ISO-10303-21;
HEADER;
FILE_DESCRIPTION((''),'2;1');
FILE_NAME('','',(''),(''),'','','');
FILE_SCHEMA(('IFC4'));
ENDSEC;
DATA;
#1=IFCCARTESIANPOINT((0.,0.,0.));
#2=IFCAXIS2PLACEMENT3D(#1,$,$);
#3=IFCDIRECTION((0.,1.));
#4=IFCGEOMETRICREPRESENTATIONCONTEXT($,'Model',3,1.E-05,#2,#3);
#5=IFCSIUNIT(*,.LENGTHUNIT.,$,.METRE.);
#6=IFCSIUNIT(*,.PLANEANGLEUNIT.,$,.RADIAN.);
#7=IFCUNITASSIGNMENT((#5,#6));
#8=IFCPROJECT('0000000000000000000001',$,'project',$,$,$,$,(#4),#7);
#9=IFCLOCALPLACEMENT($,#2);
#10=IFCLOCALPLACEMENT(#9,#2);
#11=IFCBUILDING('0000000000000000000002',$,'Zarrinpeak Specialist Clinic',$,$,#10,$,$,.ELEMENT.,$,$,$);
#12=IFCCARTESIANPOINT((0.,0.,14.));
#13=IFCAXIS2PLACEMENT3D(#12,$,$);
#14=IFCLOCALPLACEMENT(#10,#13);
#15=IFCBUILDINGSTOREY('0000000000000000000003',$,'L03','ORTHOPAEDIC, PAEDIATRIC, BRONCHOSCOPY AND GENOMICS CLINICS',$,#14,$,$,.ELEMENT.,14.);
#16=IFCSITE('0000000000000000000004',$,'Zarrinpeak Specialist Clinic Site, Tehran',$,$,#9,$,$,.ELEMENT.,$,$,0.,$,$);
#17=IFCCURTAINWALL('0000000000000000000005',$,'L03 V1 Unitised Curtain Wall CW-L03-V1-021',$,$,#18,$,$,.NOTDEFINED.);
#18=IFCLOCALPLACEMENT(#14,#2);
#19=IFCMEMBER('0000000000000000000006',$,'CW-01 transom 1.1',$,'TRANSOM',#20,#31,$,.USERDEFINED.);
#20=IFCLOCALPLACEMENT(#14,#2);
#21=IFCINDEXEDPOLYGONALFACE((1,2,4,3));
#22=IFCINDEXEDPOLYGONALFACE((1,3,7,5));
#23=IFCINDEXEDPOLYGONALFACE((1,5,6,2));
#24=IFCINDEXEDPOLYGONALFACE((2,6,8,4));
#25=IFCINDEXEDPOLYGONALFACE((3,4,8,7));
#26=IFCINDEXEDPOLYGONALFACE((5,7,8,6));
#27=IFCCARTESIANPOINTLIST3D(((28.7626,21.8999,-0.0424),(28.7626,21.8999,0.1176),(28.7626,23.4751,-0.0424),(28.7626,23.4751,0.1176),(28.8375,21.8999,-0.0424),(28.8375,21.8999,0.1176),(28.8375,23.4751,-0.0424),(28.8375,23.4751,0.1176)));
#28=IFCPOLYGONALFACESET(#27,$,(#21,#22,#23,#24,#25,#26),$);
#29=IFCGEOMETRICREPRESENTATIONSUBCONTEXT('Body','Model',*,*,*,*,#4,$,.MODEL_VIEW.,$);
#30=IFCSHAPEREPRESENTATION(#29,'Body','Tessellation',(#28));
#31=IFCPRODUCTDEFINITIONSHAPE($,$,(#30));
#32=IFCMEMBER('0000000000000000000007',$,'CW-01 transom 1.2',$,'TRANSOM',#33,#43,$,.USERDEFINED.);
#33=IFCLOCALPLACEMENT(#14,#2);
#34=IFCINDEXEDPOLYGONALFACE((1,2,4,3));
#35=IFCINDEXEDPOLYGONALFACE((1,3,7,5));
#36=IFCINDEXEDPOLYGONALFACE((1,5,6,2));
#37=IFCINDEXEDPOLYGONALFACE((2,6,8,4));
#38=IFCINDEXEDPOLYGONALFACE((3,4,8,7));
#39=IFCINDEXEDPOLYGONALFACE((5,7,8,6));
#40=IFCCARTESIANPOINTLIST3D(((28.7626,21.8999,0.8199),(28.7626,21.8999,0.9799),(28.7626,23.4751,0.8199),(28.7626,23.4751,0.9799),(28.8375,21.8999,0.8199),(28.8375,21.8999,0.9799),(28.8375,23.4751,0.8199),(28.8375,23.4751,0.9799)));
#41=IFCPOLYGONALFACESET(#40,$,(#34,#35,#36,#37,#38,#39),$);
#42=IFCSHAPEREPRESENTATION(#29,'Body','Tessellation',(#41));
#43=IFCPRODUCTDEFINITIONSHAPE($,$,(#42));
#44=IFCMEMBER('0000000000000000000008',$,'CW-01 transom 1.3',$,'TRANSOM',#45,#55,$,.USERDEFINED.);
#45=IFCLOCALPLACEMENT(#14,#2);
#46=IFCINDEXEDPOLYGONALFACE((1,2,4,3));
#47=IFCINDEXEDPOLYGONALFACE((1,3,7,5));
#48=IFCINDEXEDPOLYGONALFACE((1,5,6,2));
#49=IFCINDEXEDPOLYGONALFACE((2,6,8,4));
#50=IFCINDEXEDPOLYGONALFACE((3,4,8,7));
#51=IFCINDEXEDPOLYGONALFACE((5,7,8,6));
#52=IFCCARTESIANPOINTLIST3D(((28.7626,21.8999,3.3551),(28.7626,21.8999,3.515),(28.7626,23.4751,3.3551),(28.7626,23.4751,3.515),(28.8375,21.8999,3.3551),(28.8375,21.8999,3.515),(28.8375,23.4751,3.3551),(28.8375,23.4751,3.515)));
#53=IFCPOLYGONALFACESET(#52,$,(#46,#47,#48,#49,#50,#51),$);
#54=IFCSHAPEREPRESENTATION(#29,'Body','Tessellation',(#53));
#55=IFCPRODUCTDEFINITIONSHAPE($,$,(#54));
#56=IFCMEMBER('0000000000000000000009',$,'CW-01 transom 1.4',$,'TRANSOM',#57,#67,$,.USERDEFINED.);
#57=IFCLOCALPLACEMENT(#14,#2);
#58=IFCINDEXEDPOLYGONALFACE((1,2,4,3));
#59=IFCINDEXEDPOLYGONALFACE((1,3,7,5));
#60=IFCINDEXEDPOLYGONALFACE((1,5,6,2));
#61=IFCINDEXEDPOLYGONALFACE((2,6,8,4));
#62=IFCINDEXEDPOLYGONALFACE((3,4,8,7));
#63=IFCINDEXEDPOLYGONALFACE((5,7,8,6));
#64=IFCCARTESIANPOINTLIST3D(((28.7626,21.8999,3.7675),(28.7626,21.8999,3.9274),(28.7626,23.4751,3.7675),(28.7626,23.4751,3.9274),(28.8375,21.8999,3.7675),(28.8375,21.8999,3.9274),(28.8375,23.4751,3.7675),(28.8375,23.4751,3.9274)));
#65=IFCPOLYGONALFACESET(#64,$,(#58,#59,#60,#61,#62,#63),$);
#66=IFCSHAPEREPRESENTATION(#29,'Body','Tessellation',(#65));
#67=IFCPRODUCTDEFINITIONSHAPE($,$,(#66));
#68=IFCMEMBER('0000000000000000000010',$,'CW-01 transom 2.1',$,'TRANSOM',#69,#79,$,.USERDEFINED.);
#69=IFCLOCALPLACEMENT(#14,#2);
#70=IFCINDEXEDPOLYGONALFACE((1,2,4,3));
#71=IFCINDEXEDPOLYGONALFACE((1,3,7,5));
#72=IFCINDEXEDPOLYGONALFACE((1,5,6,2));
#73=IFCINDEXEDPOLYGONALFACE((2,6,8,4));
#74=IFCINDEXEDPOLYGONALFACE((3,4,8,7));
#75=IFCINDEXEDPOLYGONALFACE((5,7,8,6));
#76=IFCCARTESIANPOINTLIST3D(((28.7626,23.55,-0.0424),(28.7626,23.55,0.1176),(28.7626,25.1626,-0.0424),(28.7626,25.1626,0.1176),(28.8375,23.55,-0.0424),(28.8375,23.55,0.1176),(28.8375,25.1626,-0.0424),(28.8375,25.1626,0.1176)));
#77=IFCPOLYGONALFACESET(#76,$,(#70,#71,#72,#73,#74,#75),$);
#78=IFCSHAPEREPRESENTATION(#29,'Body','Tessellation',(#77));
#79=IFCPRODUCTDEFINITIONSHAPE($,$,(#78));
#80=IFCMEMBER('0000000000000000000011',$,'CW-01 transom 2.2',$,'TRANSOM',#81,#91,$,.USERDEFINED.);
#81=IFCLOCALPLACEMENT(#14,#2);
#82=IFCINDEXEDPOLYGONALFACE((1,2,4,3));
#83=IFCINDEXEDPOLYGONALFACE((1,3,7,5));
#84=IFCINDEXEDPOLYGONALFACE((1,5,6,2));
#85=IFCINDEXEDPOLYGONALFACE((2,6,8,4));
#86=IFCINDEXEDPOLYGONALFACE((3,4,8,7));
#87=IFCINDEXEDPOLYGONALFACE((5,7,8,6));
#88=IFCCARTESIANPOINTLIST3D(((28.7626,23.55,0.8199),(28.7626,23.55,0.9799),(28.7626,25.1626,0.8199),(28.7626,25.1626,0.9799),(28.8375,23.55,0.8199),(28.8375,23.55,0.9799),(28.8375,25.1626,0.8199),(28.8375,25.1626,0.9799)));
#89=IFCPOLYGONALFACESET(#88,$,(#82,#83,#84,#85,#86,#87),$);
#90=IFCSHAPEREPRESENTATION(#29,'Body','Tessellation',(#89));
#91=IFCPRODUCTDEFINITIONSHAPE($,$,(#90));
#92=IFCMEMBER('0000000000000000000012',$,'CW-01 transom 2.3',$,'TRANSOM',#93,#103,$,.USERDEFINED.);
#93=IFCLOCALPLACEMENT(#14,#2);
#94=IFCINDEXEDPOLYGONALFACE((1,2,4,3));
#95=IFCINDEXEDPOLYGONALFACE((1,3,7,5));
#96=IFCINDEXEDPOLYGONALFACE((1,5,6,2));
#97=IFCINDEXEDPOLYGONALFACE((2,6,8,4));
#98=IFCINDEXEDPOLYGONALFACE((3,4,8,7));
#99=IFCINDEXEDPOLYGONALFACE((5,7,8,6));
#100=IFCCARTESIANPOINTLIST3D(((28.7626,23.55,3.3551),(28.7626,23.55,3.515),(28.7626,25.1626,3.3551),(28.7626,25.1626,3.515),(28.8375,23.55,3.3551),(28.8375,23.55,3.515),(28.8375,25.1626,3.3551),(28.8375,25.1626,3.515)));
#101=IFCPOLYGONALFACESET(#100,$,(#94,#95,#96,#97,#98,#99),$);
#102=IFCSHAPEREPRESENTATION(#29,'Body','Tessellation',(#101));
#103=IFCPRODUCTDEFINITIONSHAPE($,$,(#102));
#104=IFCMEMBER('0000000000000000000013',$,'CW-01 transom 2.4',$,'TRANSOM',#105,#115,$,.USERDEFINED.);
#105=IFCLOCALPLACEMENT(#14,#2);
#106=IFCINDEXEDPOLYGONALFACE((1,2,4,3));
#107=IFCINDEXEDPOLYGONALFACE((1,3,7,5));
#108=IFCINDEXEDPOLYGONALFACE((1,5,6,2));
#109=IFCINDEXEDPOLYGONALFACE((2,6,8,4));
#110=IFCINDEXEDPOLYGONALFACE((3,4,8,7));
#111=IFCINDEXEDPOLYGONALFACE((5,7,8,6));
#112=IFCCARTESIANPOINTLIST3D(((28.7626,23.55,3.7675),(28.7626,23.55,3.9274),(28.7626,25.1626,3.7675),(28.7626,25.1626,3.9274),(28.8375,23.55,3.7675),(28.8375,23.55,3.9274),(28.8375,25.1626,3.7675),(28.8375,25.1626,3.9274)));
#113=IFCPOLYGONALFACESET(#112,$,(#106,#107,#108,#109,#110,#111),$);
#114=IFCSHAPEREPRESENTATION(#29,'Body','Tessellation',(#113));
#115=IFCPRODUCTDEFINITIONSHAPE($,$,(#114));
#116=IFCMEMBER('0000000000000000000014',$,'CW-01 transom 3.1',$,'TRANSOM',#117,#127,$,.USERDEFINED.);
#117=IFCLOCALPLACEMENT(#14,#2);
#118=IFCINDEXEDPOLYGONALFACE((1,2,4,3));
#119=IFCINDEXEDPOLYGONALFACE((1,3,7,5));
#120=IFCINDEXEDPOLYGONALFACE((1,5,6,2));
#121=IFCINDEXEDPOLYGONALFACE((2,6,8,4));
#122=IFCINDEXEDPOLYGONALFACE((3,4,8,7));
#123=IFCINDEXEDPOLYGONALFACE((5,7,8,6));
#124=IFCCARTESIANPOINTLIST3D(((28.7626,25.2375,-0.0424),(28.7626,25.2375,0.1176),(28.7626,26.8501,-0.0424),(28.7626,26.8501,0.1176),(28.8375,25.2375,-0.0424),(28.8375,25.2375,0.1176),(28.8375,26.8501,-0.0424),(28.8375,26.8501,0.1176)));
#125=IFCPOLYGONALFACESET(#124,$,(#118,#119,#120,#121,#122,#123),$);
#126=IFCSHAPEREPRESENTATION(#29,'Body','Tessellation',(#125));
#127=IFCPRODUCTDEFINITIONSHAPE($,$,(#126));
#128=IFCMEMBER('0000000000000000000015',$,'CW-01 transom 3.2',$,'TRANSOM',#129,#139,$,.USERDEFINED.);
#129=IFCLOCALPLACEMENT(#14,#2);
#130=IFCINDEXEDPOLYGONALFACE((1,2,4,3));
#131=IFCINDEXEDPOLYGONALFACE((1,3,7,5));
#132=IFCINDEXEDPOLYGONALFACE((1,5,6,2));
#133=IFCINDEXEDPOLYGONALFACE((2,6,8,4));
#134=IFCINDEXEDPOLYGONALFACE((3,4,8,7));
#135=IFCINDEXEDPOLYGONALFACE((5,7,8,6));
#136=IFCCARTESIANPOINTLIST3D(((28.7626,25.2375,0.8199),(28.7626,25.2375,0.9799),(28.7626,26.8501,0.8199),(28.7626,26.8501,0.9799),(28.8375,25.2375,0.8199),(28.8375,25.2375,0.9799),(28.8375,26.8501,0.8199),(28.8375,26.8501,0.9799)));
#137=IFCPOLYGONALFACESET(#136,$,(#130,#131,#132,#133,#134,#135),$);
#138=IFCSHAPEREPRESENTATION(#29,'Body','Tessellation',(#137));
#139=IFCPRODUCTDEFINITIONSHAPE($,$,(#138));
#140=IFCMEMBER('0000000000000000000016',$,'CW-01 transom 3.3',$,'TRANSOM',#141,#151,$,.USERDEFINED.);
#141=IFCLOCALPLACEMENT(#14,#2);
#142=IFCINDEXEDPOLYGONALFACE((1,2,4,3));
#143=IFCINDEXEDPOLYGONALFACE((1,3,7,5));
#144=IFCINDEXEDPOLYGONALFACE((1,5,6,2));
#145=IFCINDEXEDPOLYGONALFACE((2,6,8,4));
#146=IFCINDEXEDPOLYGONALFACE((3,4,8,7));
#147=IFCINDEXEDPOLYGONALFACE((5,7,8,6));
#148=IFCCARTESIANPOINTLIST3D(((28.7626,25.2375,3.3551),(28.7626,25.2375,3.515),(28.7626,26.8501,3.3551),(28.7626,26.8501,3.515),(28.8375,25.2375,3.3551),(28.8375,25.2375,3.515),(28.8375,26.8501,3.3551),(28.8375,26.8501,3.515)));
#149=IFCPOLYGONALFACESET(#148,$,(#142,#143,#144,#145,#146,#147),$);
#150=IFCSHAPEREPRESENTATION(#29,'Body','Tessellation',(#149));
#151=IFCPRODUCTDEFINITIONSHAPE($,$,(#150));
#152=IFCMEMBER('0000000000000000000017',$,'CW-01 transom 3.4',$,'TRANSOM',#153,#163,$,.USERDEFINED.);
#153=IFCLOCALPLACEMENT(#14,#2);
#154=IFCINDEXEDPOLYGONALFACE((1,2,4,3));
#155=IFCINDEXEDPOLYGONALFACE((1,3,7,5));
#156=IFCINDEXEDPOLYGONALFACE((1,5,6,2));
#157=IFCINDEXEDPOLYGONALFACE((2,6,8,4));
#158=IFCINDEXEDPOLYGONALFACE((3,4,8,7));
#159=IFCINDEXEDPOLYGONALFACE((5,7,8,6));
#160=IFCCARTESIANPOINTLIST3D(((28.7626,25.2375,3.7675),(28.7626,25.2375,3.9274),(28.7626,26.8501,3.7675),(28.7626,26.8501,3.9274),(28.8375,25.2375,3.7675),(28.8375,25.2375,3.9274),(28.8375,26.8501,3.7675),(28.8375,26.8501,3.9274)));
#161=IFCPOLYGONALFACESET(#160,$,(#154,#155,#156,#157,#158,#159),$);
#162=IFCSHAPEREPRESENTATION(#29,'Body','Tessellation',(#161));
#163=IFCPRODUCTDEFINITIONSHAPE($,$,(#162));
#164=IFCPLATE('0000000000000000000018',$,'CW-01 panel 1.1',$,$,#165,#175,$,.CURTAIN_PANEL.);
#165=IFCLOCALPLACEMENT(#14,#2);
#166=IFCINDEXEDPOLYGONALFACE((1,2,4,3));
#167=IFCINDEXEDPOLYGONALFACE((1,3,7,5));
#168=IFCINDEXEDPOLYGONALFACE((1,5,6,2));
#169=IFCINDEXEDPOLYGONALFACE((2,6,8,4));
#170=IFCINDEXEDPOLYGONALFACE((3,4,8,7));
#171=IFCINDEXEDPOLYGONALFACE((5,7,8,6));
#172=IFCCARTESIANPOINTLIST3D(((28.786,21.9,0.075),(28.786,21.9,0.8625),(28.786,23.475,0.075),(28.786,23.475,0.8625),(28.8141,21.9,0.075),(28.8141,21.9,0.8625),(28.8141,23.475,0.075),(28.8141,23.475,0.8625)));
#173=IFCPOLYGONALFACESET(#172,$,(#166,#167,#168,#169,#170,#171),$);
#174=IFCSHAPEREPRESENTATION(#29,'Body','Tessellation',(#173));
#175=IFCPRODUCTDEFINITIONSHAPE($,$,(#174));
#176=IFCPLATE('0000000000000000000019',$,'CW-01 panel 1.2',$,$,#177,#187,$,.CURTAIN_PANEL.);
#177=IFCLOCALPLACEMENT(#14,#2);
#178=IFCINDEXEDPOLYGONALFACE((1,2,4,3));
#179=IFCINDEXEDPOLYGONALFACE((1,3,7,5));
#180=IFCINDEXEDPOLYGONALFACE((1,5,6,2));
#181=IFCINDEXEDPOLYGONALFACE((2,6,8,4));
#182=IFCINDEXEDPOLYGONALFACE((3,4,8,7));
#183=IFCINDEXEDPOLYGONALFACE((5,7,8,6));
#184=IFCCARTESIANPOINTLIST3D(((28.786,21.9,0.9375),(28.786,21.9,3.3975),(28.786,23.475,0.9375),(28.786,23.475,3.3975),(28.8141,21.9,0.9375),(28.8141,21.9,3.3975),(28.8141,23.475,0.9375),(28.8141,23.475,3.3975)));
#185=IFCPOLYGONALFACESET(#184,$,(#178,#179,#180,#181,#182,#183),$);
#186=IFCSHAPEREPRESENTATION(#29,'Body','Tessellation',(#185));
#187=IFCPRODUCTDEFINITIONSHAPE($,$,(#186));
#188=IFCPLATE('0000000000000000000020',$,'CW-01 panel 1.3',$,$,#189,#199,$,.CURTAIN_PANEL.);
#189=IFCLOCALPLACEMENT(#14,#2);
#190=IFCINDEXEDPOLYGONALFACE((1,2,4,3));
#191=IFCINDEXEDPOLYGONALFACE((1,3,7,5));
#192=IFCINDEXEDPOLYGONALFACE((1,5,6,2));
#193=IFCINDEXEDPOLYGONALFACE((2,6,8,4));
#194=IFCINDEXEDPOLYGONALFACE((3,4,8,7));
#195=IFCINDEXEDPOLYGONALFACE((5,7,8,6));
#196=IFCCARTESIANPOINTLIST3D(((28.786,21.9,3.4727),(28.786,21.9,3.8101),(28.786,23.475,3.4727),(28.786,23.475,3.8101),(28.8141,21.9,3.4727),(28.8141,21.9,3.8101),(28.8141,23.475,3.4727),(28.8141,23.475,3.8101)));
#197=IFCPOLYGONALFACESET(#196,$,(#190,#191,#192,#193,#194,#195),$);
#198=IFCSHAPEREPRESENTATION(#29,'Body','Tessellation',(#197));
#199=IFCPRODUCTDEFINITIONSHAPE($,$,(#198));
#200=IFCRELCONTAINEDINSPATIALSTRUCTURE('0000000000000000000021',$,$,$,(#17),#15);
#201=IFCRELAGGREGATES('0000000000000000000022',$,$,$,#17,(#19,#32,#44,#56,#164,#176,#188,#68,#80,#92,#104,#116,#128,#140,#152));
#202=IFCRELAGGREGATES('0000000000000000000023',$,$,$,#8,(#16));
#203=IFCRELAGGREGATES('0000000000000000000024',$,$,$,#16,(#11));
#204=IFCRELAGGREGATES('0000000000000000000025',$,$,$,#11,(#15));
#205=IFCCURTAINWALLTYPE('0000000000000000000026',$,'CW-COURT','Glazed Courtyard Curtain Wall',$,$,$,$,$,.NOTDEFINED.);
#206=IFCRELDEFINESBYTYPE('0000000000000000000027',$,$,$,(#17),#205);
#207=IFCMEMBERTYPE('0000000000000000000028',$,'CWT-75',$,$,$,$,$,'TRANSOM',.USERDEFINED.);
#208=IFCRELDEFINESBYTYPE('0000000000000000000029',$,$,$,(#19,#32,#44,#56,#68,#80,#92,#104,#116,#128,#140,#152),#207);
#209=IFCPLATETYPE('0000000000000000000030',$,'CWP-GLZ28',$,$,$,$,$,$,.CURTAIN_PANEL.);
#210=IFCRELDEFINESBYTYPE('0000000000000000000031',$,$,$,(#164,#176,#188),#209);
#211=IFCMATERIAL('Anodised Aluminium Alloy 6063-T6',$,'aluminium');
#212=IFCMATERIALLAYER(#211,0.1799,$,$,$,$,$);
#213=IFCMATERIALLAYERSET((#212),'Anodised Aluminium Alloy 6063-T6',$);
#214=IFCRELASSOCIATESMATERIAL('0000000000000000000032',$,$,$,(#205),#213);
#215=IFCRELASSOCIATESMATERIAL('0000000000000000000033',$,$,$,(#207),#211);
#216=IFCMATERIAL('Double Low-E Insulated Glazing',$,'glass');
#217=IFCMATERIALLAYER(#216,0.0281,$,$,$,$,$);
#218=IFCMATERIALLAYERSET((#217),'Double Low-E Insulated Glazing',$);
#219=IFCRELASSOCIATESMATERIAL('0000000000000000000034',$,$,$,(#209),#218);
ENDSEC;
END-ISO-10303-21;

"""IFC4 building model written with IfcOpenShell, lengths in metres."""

from ifc_helpers import new_model, si_unit, direction, frame, origin, origin_2d, place, context, subcontext, project, spatial, rectangle, extrude, material, layer, layer_set, material_profile, profile_set, type_object, element, aggregate, save


model = new_model("IFC4")

# Units and contexts
model_context = context("Model", 3, precision=1e-05, world=origin(), true_north=direction((0.0, 1.0)))
body_context = subcontext(model_context, "Body", "Model", "MODEL_VIEW")
ifc_project = project(units=[si_unit("LENGTHUNIT", "METRE"), si_unit("PLANEANGLEUNIT", "RADIAN")], contexts=[model_context])

# Site, building, storey
site_placement = place(None, origin())
site = spatial("IfcSite", under=ifc_project, at=site_placement, Name="Zarrinpeak Specialist Clinic Site, Tehran", CompositionType="ELEMENT", RefElevation=0.0)
building_placement = place(site_placement, origin())
building = spatial("IfcBuilding", under=site, at=building_placement, Name="Zarrinpeak Specialist Clinic", CompositionType="ELEMENT")
storey_placement = place(building_placement, frame((0.0, 0.0, 14.0)))
storey = spatial("IfcBuildingStorey", under=building, at=storey_placement, Name="L03", Description="ORTHOPAEDIC, PAEDIATRIC, BRONCHOSCOPY AND GENOMICS CLINICS", CompositionType="ELEMENT", Elevation=14.0)

# Curtain wall, members, plates
ifc_material_1 = material(Name="Anodised Aluminium Alloy 6063-T6", Category="aluminium")
ifc_layer_1 = layer(ifc_material_1, 0.1799)
ifc_layer_set_1 = layer_set([ifc_layer_1], Name="Anodised Aluminium Alloy 6063-T6")
curtain_wall_type = type_object("IfcCurtainWallType", Name="CW-COURT", Description="Glazed Courtyard Curtain Wall", PredefinedType="NOTDEFINED", material=ifc_layer_set_1)
curtain_wall_placement = place(storey_placement, origin())
curtain_wall = element("IfcCurtainWall", 1, at=curtain_wall_placement, inside=storey, type_object=curtain_wall_type, Name="L03 V1 Unitised Curtain Wall CW-L03-V1-021", PredefinedType="NOTDEFINED")
ifc_material_profile_1 = material_profile(ifc_material_1, rectangle(XDim=0.075, YDim=0.1599, at=origin_2d()), Name="ALU 75x160")
ifc_profile_set_1 = profile_set([ifc_material_profile_1], Name="Anodised Aluminium Alloy 6063-T6")
member_type_1 = type_object("IfcMemberType", Name="CWT-75", ElementType="TRANSOM", PredefinedType="USERDEFINED", material=ifc_profile_set_1)
member_1_placement = place(storey_placement, frame((28.8, 21.8999, 0.0376), z_axis=(0.0, 1.0, 0.0), x_axis=(-1.0, 0.0, 0.0)))
member_1 = element("IfcMember", 2, at=member_1_placement, type_object=member_type_1, Name="CW-01 transom 1.1", ObjectType="TRANSOM", PredefinedType="USERDEFINED", context=body_context, shape_type="SweptSolid", body=[
    extrude(rectangle(XDim=0.075, YDim=0.1599, at=origin_2d()), origin(), (0.0, 0.0, 1.0), 1.5752),
])
member_2_placement = place(storey_placement, frame((28.8, 21.8999, 0.8999), z_axis=(0.0, 1.0, 0.0), x_axis=(-1.0, 0.0, 0.0)))
member_2 = element("IfcMember", 3, at=member_2_placement, type_object=member_type_1, Name="CW-01 transom 1.2", ObjectType="TRANSOM", PredefinedType="USERDEFINED", context=body_context, shape_type="SweptSolid", body=[
    extrude(rectangle(XDim=0.075, YDim=0.1599, at=origin_2d()), origin(), (0.0, 0.0, 1.0), 1.5752),
])
member_3_placement = place(storey_placement, frame((28.8, 21.8999, 3.4351), z_axis=(0.0, 1.0, 0.0), x_axis=(-1.0, 0.0, 0.0)))
member_3 = element("IfcMember", 4, at=member_3_placement, type_object=member_type_1, Name="CW-01 transom 1.3", ObjectType="TRANSOM", PredefinedType="USERDEFINED", context=body_context, shape_type="SweptSolid", body=[
    extrude(rectangle(XDim=0.075, YDim=0.1599, at=origin_2d()), origin(), (0.0, 0.0, 1.0), 1.5752),
])
member_4_placement = place(storey_placement, frame((28.8, 21.8999, 3.8474), z_axis=(0.0, 1.0, 0.0), x_axis=(-1.0, 0.0, 0.0)))
member_4 = element("IfcMember", 5, at=member_4_placement, type_object=member_type_1, Name="CW-01 transom 1.4", ObjectType="TRANSOM", PredefinedType="USERDEFINED", context=body_context, shape_type="SweptSolid", body=[
    extrude(rectangle(XDim=0.075, YDim=0.1599, at=origin_2d()), origin(), (0.0, 0.0, 1.0), 1.5752),
])
member_5_placement = place(storey_placement, frame((28.8, 23.55, 0.0376), z_axis=(0.0, 1.0, 0.0), x_axis=(-1.0, 0.0, 0.0)))
member_5 = element("IfcMember", 6, at=member_5_placement, type_object=member_type_1, Name="CW-01 transom 2.1", ObjectType="TRANSOM", PredefinedType="USERDEFINED", context=body_context, shape_type="SweptSolid", body=[
    extrude(rectangle(XDim=0.075, YDim=0.1599, at=origin_2d()), origin(), (0.0, 0.0, 1.0), 1.6125),
])
member_6_placement = place(storey_placement, frame((28.8, 23.55, 0.8999), z_axis=(0.0, 1.0, 0.0), x_axis=(-1.0, 0.0, 0.0)))
member_6 = element("IfcMember", 7, at=member_6_placement, type_object=member_type_1, Name="CW-01 transom 2.2", ObjectType="TRANSOM", PredefinedType="USERDEFINED", context=body_context, shape_type="SweptSolid", body=[
    extrude(rectangle(XDim=0.075, YDim=0.1599, at=origin_2d()), origin(), (0.0, 0.0, 1.0), 1.6125),
])
member_7_placement = place(storey_placement, frame((28.8, 23.55, 3.4351), z_axis=(0.0, 1.0, 0.0), x_axis=(-1.0, 0.0, 0.0)))
member_7 = element("IfcMember", 8, at=member_7_placement, type_object=member_type_1, Name="CW-01 transom 2.3", ObjectType="TRANSOM", PredefinedType="USERDEFINED", context=body_context, shape_type="SweptSolid", body=[
    extrude(rectangle(XDim=0.075, YDim=0.1599, at=origin_2d()), origin(), (0.0, 0.0, 1.0), 1.6125),
])
member_8_placement = place(storey_placement, frame((28.8, 23.55, 3.8474), z_axis=(0.0, 1.0, 0.0), x_axis=(-1.0, 0.0, 0.0)))
member_8 = element("IfcMember", 9, at=member_8_placement, type_object=member_type_1, Name="CW-01 transom 2.4", ObjectType="TRANSOM", PredefinedType="USERDEFINED", context=body_context, shape_type="SweptSolid", body=[
    extrude(rectangle(XDim=0.075, YDim=0.1599, at=origin_2d()), origin(), (0.0, 0.0, 1.0), 1.6125),
])
member_9_placement = place(storey_placement, frame((28.8, 25.2375, 0.0376), z_axis=(0.0, 1.0, 0.0), x_axis=(-1.0, 0.0, 0.0)))
member_9 = element("IfcMember", 10, at=member_9_placement, type_object=member_type_1, Name="CW-01 transom 3.1", ObjectType="TRANSOM", PredefinedType="USERDEFINED", context=body_context, shape_type="SweptSolid", body=[
    extrude(rectangle(XDim=0.075, YDim=0.1599, at=origin_2d()), origin(), (0.0, 0.0, 1.0), 1.6125),
])
member_10_placement = place(storey_placement, frame((28.8, 25.2375, 0.8999), z_axis=(0.0, 1.0, 0.0), x_axis=(-1.0, 0.0, 0.0)))
member_10 = element("IfcMember", 11, at=member_10_placement, type_object=member_type_1, Name="CW-01 transom 3.2", ObjectType="TRANSOM", PredefinedType="USERDEFINED", context=body_context, shape_type="SweptSolid", body=[
    extrude(rectangle(XDim=0.075, YDim=0.1599, at=origin_2d()), origin(), (0.0, 0.0, 1.0), 1.6125),
])
member_11_placement = place(storey_placement, frame((28.8, 25.2375, 3.4351), z_axis=(0.0, 1.0, 0.0), x_axis=(-1.0, 0.0, 0.0)))
member_11 = element("IfcMember", 12, at=member_11_placement, type_object=member_type_1, Name="CW-01 transom 3.3", ObjectType="TRANSOM", PredefinedType="USERDEFINED", context=body_context, shape_type="SweptSolid", body=[
    extrude(rectangle(XDim=0.075, YDim=0.1599, at=origin_2d()), origin(), (0.0, 0.0, 1.0), 1.6125),
])
member_12_placement = place(storey_placement, frame((28.8, 25.2375, 3.8474), z_axis=(0.0, 1.0, 0.0), x_axis=(-1.0, 0.0, 0.0)))
member_12 = element("IfcMember", 13, at=member_12_placement, type_object=member_type_1, Name="CW-01 transom 3.4", ObjectType="TRANSOM", PredefinedType="USERDEFINED", context=body_context, shape_type="SweptSolid", body=[
    extrude(rectangle(XDim=0.075, YDim=0.1599, at=origin_2d()), origin(), (0.0, 0.0, 1.0), 1.6125),
])
ifc_material_2 = material(Name="Double Low-E Insulated Glazing", Category="glass")
ifc_layer_2 = layer(ifc_material_2, 0.0281)
ifc_layer_set_2 = layer_set([ifc_layer_2], Name="Double Low-E Insulated Glazing")
plate_type = type_object("IfcPlateType", Name="CWP-GLZ28", PredefinedType="CURTAIN_PANEL", material=ifc_layer_set_2)
plate_1_placement = place(storey_placement, frame((28.8, 22.6875, 0.075), z_axis=(0.0, 0.0, 1.0), x_axis=(0.0, 1.0, 0.0)))
plate_1 = element("IfcPlate", 14, at=plate_1_placement, type_object=plate_type, Name="CW-01 panel 1.1", PredefinedType="CURTAIN_PANEL", context=body_context, shape_type="SweptSolid", body=[
    extrude(rectangle(XDim=1.575, YDim=0.0281, at=origin_2d()), origin(), (0.0, 0.0, 1.0), 0.7876),
])
plate_2_placement = place(storey_placement, frame((28.8, 22.6875, 0.9375), z_axis=(0.0, 0.0, 1.0), x_axis=(0.0, 1.0, 0.0)))
plate_2 = element("IfcPlate", 15, at=plate_2_placement, type_object=plate_type, Name="CW-01 panel 1.2", PredefinedType="CURTAIN_PANEL", context=body_context, shape_type="SweptSolid", body=[
    extrude(rectangle(XDim=1.575, YDim=0.0281, at=origin_2d()), origin(), (0.0, 0.0, 1.0), 2.46),
])
plate_3_placement = place(storey_placement, frame((28.8, 22.6875, 3.4727), z_axis=(0.0, 0.0, 1.0), x_axis=(0.0, 1.0, 0.0)))
plate_3 = element("IfcPlate", 16, at=plate_3_placement, type_object=plate_type, Name="CW-01 panel 1.3", PredefinedType="CURTAIN_PANEL", context=body_context, shape_type="SweptSolid", body=[
    extrude(rectangle(XDim=1.575, YDim=0.0281, at=origin_2d()), origin(), (0.0, 0.0, 1.0), 0.3374),
])
aggregate(curtain_wall, [member_1, member_2, member_3, member_4, plate_1, plate_2, plate_3, member_5, member_6, member_7, member_8, member_9, member_10, member_11, member_12])

save(model, "model.ifc")
